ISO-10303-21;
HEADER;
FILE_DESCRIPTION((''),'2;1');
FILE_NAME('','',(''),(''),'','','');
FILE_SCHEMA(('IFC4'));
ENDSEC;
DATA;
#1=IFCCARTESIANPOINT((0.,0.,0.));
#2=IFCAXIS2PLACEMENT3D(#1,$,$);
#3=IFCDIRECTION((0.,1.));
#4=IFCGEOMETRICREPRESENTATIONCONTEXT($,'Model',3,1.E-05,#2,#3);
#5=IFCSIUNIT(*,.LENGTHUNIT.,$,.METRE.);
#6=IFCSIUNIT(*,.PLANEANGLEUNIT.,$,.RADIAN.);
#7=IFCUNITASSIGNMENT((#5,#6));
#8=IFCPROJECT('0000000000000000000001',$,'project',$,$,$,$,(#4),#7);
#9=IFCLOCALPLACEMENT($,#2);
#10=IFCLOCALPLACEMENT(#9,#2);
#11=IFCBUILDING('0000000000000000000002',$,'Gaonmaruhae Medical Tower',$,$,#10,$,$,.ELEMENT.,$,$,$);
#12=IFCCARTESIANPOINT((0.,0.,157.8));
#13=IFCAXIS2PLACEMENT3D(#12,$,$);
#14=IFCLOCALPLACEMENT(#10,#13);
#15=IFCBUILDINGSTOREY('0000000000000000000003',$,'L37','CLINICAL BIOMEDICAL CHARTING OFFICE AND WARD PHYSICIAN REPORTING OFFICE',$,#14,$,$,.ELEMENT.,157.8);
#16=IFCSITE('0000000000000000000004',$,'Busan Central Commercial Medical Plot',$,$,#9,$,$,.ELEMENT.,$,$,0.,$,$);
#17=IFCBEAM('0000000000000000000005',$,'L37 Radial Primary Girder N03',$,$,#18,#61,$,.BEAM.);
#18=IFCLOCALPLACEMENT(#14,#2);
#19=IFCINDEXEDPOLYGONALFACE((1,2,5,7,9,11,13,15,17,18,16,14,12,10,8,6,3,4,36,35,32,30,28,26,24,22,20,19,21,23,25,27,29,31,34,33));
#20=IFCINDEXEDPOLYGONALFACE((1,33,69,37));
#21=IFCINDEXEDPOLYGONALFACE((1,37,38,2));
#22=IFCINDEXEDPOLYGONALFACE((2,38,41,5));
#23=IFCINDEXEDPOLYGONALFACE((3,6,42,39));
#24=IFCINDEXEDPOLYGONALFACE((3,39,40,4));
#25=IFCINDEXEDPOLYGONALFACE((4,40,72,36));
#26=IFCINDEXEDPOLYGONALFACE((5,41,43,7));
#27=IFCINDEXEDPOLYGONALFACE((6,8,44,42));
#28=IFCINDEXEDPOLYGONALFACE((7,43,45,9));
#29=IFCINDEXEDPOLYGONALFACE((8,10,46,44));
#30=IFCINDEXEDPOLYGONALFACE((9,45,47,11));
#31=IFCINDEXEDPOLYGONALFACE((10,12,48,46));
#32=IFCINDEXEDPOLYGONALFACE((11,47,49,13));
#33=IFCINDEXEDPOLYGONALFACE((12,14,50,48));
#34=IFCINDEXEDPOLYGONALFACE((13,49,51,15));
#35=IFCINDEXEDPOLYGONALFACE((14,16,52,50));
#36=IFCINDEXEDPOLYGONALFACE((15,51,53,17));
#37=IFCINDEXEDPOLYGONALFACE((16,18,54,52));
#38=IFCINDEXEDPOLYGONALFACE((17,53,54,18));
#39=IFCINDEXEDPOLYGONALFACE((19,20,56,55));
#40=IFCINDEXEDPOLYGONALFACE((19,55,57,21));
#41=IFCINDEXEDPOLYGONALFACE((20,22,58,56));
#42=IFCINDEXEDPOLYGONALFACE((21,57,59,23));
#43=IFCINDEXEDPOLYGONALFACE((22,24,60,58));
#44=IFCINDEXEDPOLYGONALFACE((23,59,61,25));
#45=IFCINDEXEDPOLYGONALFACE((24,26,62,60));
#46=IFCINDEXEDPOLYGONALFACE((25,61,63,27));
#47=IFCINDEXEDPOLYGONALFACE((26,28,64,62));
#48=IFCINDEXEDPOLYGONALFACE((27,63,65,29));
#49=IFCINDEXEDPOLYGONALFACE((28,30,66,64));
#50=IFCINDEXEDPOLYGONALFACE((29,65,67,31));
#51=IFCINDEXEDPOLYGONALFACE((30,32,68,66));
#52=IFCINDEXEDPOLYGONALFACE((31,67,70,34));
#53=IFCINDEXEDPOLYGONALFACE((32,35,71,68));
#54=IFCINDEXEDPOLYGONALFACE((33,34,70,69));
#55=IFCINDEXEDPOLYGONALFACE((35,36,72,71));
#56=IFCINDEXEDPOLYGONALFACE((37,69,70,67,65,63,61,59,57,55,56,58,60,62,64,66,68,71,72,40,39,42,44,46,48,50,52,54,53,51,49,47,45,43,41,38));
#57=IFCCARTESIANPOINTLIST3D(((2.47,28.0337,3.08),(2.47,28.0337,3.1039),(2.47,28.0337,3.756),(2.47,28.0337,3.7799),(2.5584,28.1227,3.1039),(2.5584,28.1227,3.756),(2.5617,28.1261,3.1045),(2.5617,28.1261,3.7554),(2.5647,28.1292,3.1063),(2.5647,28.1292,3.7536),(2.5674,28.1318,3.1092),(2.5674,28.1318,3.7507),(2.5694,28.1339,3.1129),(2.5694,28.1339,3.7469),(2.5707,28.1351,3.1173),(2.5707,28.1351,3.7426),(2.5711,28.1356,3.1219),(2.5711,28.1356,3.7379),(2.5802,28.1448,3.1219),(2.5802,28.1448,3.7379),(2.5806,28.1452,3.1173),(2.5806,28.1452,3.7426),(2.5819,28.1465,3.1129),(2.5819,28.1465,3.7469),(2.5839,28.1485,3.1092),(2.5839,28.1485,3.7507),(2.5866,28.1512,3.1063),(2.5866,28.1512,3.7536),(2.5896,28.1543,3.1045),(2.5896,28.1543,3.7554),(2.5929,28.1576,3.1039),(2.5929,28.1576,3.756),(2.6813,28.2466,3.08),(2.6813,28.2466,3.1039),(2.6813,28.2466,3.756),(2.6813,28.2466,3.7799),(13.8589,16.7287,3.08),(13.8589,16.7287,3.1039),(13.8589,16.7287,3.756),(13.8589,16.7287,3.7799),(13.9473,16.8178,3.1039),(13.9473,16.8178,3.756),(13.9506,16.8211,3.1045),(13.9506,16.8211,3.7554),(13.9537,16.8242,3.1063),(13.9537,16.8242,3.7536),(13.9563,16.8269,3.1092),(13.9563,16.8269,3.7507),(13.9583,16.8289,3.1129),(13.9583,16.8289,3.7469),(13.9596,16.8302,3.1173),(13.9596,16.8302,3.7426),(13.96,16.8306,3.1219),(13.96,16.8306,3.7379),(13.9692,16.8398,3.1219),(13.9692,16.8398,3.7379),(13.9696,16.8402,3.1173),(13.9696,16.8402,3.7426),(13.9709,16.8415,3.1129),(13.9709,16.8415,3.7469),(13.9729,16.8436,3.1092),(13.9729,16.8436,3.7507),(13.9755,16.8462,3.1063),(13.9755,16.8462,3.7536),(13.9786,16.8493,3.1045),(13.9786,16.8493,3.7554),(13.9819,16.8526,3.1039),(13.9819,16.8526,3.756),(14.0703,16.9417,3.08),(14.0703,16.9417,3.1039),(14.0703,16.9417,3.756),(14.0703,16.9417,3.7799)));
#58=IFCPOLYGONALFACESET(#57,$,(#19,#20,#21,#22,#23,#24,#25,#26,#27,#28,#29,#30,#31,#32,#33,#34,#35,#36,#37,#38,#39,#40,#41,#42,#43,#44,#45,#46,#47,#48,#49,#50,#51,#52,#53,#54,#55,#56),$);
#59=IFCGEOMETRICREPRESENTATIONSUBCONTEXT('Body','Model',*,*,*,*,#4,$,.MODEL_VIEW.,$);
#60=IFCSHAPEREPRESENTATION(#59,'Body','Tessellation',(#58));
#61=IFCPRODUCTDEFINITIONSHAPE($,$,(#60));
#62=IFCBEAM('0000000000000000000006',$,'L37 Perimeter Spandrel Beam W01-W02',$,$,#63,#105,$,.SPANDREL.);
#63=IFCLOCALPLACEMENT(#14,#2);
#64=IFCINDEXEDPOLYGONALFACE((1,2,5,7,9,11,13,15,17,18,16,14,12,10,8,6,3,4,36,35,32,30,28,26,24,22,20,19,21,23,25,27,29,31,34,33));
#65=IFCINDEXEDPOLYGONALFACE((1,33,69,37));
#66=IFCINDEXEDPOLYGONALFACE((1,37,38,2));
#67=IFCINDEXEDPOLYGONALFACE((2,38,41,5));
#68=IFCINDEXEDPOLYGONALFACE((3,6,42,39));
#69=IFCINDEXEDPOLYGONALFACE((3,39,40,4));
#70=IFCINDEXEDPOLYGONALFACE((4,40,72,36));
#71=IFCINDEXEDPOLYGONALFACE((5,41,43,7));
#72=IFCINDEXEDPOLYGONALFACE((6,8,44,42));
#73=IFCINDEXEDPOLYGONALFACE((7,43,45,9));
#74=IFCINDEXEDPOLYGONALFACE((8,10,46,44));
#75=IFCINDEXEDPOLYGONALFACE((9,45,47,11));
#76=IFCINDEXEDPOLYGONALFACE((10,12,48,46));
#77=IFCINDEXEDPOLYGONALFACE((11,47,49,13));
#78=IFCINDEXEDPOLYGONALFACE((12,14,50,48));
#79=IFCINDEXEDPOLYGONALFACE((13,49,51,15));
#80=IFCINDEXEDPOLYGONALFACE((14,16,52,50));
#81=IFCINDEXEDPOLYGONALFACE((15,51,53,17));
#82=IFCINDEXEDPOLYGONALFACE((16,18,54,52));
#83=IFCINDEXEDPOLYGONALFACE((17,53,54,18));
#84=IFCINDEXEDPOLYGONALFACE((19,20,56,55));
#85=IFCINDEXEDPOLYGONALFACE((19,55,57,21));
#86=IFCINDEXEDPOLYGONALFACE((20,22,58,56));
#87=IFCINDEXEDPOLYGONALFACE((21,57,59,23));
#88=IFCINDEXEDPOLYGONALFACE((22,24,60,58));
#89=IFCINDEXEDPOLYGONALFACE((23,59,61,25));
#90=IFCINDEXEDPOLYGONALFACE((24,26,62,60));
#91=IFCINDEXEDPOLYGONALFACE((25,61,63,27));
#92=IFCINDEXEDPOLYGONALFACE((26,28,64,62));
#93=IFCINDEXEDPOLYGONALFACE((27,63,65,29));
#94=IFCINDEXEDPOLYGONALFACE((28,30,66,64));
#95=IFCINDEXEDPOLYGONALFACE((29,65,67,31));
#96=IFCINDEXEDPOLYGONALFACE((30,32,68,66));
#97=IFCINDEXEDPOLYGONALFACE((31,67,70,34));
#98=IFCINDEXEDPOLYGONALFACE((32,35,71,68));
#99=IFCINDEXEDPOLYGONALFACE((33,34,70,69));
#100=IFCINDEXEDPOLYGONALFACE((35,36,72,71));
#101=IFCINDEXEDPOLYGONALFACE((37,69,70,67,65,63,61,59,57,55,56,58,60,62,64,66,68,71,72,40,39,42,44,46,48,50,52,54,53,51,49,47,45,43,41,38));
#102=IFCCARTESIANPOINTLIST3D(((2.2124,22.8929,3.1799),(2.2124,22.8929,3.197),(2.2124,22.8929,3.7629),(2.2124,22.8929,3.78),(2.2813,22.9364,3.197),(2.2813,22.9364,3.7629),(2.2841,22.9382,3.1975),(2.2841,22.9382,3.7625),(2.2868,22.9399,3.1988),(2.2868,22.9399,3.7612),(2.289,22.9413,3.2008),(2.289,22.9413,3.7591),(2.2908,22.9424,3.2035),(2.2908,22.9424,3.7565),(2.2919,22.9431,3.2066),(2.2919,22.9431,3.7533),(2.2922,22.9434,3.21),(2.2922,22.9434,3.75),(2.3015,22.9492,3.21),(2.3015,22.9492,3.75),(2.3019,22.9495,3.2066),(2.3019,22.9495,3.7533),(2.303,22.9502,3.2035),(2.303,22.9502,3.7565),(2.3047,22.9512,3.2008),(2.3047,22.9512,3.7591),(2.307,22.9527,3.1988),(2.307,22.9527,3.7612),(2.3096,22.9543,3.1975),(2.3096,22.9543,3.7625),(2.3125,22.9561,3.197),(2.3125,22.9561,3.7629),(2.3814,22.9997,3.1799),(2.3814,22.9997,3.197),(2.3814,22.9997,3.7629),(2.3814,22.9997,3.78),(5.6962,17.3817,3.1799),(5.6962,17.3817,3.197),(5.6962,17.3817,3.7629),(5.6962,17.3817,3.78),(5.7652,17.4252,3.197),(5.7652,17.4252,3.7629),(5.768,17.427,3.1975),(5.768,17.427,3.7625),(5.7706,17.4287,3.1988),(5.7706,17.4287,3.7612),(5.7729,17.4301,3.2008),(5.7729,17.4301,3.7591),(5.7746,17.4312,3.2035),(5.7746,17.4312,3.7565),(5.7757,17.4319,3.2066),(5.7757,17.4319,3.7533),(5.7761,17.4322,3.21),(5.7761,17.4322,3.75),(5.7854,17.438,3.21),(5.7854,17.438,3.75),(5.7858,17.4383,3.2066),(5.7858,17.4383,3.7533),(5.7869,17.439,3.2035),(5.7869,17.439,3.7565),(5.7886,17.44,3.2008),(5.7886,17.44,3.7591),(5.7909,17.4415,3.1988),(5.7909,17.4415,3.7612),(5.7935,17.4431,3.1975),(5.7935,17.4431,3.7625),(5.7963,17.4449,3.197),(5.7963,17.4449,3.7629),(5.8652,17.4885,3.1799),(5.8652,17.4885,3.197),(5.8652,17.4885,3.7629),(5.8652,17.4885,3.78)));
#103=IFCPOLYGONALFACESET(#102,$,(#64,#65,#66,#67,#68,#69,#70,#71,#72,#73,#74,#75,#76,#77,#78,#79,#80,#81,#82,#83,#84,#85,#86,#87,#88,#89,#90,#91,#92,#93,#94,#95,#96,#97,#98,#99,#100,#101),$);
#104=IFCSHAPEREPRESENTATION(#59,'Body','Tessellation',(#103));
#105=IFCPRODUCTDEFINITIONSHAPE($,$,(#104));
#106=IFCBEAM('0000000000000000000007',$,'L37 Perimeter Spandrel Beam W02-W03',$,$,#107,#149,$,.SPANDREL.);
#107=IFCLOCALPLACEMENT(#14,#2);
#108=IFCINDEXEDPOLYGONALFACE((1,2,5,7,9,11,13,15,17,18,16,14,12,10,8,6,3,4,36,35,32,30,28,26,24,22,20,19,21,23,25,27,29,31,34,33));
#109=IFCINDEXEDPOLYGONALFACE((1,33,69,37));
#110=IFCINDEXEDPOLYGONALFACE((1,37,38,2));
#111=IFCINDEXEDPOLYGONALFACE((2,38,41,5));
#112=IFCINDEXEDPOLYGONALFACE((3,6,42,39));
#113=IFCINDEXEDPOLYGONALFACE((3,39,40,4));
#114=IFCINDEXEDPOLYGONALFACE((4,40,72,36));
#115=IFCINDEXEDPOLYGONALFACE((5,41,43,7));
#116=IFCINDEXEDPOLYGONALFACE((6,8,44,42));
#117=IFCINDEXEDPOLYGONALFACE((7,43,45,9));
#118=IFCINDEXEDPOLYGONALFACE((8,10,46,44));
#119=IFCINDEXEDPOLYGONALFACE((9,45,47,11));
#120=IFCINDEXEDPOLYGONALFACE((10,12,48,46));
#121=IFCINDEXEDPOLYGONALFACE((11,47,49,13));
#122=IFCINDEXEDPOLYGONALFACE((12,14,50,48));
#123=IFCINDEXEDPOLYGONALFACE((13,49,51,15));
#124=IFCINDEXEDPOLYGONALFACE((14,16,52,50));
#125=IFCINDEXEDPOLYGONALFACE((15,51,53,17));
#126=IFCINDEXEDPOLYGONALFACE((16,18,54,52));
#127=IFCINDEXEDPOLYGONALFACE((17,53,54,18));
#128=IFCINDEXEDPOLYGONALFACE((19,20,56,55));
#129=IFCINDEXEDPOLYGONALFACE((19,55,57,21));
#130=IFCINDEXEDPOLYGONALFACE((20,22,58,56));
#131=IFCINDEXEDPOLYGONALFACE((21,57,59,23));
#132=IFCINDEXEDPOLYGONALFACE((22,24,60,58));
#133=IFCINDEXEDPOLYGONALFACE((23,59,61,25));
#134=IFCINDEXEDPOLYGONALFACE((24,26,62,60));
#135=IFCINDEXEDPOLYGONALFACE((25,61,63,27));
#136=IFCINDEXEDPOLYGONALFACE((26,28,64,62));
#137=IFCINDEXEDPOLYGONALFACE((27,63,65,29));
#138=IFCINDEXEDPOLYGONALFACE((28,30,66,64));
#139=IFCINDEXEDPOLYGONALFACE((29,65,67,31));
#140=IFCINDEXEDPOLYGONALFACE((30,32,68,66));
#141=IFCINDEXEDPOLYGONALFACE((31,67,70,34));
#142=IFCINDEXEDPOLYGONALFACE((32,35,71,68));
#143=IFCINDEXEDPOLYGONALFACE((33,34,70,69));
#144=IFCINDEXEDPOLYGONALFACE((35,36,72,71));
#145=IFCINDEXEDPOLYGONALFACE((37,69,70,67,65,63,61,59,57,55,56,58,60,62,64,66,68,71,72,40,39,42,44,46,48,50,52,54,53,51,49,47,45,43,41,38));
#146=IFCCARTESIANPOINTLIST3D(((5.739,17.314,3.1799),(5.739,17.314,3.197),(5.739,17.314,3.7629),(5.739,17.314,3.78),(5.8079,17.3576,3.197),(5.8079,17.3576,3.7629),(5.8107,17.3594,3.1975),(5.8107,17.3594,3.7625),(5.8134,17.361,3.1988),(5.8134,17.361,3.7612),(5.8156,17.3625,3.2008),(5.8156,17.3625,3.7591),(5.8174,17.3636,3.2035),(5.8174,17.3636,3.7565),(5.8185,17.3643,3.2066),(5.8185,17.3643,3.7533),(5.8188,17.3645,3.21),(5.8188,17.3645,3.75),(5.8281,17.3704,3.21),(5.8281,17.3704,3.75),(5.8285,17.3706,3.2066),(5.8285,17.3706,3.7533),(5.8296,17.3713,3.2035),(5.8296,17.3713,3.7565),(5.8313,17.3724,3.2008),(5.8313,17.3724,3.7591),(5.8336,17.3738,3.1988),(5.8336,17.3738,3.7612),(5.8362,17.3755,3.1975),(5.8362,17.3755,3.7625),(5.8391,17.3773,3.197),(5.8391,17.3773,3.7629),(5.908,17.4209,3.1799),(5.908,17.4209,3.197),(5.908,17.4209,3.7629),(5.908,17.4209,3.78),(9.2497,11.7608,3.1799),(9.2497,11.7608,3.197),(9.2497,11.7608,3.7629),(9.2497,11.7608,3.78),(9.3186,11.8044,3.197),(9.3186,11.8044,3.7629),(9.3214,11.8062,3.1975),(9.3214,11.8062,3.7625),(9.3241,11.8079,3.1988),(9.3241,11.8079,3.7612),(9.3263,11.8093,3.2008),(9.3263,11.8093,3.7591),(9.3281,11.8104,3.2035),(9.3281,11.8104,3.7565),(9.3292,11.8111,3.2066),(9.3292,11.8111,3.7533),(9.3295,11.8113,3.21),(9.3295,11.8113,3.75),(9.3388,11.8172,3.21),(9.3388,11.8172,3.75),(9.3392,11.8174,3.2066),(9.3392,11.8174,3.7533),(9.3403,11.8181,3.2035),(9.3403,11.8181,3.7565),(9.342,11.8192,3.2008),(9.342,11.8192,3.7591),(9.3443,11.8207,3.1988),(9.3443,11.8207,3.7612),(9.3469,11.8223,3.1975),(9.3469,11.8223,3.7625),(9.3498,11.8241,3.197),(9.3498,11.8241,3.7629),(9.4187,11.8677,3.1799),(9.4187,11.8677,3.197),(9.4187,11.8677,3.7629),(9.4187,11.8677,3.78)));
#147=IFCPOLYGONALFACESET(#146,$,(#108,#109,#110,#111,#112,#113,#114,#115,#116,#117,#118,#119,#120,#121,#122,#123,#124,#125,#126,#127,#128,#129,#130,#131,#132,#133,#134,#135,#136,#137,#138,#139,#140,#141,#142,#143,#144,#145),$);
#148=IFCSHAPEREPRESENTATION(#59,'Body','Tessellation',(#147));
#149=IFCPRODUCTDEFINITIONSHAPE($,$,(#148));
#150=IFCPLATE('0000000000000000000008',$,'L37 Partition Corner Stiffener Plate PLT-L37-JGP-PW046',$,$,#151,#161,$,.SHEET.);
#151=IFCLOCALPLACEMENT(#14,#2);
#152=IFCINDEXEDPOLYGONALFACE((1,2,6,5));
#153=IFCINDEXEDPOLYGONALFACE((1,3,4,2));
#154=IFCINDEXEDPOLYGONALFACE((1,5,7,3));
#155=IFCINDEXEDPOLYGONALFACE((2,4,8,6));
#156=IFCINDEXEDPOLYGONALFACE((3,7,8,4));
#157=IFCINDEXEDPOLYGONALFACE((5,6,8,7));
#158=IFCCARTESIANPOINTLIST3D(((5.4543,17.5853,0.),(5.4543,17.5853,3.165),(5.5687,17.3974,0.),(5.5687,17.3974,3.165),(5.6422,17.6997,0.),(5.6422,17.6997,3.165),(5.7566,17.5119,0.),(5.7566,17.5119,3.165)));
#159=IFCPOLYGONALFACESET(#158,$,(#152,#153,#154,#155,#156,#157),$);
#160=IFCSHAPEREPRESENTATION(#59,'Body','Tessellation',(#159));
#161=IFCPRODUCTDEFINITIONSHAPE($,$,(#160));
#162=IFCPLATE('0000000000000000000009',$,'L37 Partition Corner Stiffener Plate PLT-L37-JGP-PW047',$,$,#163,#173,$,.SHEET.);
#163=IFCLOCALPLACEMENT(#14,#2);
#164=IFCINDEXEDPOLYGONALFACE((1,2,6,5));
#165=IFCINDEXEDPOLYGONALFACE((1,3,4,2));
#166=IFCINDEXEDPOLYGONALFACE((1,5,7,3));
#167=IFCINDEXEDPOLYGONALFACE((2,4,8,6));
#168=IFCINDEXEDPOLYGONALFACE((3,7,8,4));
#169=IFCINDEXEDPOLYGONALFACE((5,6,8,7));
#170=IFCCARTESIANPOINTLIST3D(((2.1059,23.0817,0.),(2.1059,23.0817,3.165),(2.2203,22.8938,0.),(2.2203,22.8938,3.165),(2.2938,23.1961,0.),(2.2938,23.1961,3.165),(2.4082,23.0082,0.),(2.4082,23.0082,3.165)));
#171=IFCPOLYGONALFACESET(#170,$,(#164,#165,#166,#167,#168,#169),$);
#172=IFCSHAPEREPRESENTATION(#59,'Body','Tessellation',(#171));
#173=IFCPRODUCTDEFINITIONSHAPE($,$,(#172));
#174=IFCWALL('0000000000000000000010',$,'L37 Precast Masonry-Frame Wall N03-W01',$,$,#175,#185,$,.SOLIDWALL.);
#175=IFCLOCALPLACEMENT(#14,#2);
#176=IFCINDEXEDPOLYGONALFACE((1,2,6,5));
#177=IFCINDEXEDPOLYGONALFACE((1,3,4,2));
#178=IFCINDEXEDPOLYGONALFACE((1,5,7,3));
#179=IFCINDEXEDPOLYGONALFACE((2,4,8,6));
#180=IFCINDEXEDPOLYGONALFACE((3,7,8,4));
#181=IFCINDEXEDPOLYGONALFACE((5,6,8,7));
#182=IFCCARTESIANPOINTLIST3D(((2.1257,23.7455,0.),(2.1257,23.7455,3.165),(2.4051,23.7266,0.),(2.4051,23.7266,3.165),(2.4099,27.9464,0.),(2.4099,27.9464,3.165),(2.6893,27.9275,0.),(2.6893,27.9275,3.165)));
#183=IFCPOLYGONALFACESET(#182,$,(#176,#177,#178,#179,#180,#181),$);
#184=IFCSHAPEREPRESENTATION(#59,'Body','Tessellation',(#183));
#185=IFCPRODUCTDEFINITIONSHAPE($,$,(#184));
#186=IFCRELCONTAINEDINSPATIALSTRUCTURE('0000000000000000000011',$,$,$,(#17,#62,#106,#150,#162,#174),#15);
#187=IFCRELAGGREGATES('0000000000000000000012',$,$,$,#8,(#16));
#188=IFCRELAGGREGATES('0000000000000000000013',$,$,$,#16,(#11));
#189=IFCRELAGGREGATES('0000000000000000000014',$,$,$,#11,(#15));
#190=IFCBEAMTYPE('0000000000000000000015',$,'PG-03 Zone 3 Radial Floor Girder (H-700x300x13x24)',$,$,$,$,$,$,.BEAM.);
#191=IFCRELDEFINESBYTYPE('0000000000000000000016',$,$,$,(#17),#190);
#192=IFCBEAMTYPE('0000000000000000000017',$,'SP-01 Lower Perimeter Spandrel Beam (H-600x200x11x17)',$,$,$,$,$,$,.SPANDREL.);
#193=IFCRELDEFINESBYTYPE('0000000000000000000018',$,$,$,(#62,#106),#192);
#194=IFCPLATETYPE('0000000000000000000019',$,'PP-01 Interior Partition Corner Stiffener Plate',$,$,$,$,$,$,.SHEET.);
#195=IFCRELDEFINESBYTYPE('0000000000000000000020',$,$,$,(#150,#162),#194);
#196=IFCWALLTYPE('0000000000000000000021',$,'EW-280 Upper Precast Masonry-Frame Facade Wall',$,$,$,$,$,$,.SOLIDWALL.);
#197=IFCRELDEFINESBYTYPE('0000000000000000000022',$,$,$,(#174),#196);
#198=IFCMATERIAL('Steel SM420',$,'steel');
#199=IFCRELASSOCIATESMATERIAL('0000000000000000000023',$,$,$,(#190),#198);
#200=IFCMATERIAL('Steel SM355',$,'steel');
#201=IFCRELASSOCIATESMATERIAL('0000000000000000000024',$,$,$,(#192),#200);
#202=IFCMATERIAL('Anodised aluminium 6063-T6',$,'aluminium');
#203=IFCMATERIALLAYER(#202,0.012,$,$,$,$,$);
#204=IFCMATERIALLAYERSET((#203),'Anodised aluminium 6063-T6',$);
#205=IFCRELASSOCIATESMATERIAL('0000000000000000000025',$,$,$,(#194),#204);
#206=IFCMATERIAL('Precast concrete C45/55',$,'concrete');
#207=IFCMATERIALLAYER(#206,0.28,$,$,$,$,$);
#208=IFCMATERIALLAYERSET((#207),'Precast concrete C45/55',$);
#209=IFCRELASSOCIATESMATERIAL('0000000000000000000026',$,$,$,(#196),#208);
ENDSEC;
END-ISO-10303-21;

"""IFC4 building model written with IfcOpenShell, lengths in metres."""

from ifc_helpers import new_model, si_unit, direction, frame, frame_2d, origin, origin_2d, place, context, subcontext, project, spatial, rectangle, i_section, extrude, material, layer, layer_set, material_profile, profile_set, type_object, element, save


model = new_model("IFC4")

# Units and contexts
model_context = context("Model", 3, precision=1e-05, world=origin(), true_north=direction((0.0, 1.0)))
body_context = subcontext(model_context, "Body", "Model", "MODEL_VIEW")
ifc_project = project(units=[si_unit("LENGTHUNIT", "METRE"), si_unit("PLANEANGLEUNIT", "RADIAN")], contexts=[model_context])

# Site, building, storey
site_placement = place(None, origin())
site = spatial("IfcSite", under=ifc_project, at=site_placement, Name="Busan Central Commercial Medical Plot", CompositionType="ELEMENT", RefElevation=0.0)
building_placement = place(site_placement, origin())
building = spatial("IfcBuilding", under=site, at=building_placement, Name="Gaonmaruhae Medical Tower", CompositionType="ELEMENT")
storey_placement = place(building_placement, frame((0.0, 0.0, 157.8)))
storey = spatial("IfcBuildingStorey", under=building, at=storey_placement, Name="L37", Description="CLINICAL BIOMEDICAL CHARTING OFFICE AND WARD PHYSICIAN REPORTING OFFICE", CompositionType="ELEMENT", Elevation=157.8)

# Beams
ifc_material_1 = material(Name="Steel SM355", Category="steel")
ifc_material_2 = material(Name="Steel SM420", Category="steel")
ifc_material_profile_1 = material_profile(ifc_material_2, i_section(OverallWidth=0.3, OverallDepth=0.7, WebThickness=0.0129, FlangeThickness=0.0239, FilletRadius=0.0181, at=origin_2d()), Name="H-700x300x13x24")
ifc_profile_set_1 = profile_set([ifc_material_profile_1], Name="Steel SM420")
beam_type_1 = type_object("IfcBeamType", Name="PG-03 Zone 3 Radial Floor Girder (H-700x300x13x24)", PredefinedType="BEAM", material=ifc_profile_set_1)
beam_1_placement = place(storey_placement, frame((13.9646, 16.8352, 3.4299), z_axis=(-0.709719, 0.704485, 0.0), x_axis=(-0.704485, -0.709719, 0.0)))
element("IfcBeam", 1, at=beam_1_placement, inside=storey, type_object=beam_type_1, Name="L37 Radial Primary Girder N03", PredefinedType="BEAM", context=body_context, shape_type="SweptSolid", body=[
    extrude(i_section(OverallWidth=0.3, OverallDepth=0.7, WebThickness=0.0129, FlangeThickness=0.0239, FilletRadius=0.0181, at=origin_2d()), origin(), (0.0, 0.0, 1.0), 16.0471),
])
ifc_material_profile_2 = material_profile(ifc_material_1, i_section(OverallWidth=0.2, OverallDepth=0.6001, WebThickness=0.011, FlangeThickness=0.0171, FilletRadius=0.0129, at=origin_2d()), Name="H-600x200x11x17")
ifc_profile_set_2 = profile_set([ifc_material_profile_2], Name="Steel SM355")
beam_type_2 = type_object("IfcBeamType", Name="SP-01 Lower Perimeter Spandrel Beam (H-600x200x11x17)", PredefinedType="SPANDREL", material=ifc_profile_set_2)
beam_2_placement = place(storey_placement, frame((2.2969, 22.9463, 3.48), z_axis=(0.534334, -0.845274, 0.0), x_axis=(0.845274, 0.534334, 0.0)))
element("IfcBeam", 2, at=beam_2_placement, inside=storey, type_object=beam_type_2, Name="L37 Perimeter Spandrel Beam W01-W02", PredefinedType="SPANDREL", context=body_context, shape_type="SweptSolid", body=[
    extrude(i_section(OverallWidth=0.2, OverallDepth=0.6001, WebThickness=0.011, FlangeThickness=0.0171, FilletRadius=0.0129, at=origin_2d()), origin(), (0.0, 0.0, 1.0), 6.52),
])
beam_3_placement = place(storey_placement, frame((5.8235, 17.3674, 3.48), z_axis=(0.534368, -0.845252, 0.0), x_axis=(0.845252, 0.534368, 0.0)))
element("IfcBeam", 3, at=beam_3_placement, inside=storey, type_object=beam_type_2, Name="L37 Perimeter Spandrel Beam W02-W03", PredefinedType="SPANDREL", context=body_context, shape_type="SweptSolid", body=[
    extrude(i_section(OverallWidth=0.2, OverallDepth=0.6001, WebThickness=0.011, FlangeThickness=0.0171, FilletRadius=0.0129, at=origin_2d()), origin(), (0.0, 0.0, 1.0), 6.5698),
])

# Plates
ifc_material_3 = material(Name="Anodised aluminium 6063-T6", Category="aluminium")
ifc_layer_1 = layer(ifc_material_3, 0.012)
ifc_layer_set_1 = layer_set([ifc_layer_1], Name="Anodised aluminium 6063-T6")
plate_type = type_object("IfcPlateType", Name="PP-01 Interior Partition Corner Stiffener Plate", PredefinedType="SHEET", material=ifc_layer_set_1)
for number, where, z_axis, x_axis, name in (
    (4, (5.6055, 17.5486, 0.0), (0.0, 0.0, 1.0), (-0.520175, 0.85406, 0.0), "L37 Partition Corner Stiffener Plate PLT-L37-JGP-PW046"),
    (5, (2.2571, 23.0449, 0.0), (0.0, 0.0, 1.0), (-0.520041, 0.854141, 0.0), "L37 Partition Corner Stiffener Plate PLT-L37-JGP-PW047"),
):
    element("IfcPlate", number, at=place(storey_placement, frame(where, z_axis=z_axis, x_axis=x_axis)), inside=storey, type_object=plate_type, Name=name, PredefinedType="SHEET", context=body_context, shape_type="SweptSolid", body=[
        extrude(rectangle(XDim=0.22, YDim=0.22, at=origin_2d()), origin(), (0.0, 0.0, 1.0), 3.165),
    ])

# Wall
ifc_material_4 = material(Name="Precast concrete C45/55", Category="concrete")
ifc_layer_2 = layer(ifc_material_4, 0.28)
ifc_layer_set_2 = layer_set([ifc_layer_2], Name="Precast concrete C45/55")
wall_type_1 = type_object("IfcWallType", Name="EW-280 Upper Precast Masonry-Frame Facade Wall", PredefinedType="SOLIDWALL", material=ifc_layer_set_2)
wall_1_placement = place(storey_placement, frame((2.2654, 23.7361, 0.0), z_axis=(0.0, 0.0, 1.0), x_axis=(0.067493, 0.99772, 0.0)))
element("IfcWall", 6, at=wall_1_placement, inside=storey, type_object=wall_type_1, Name="L37 Precast Masonry-Frame Wall N03-W01", PredefinedType="SOLIDWALL", context=body_context, shape_type="SweptSolid", body=[
    extrude(rectangle(XDim=4.2104, YDim=0.28, at=frame_2d((2.1052, 0.0))), origin(), (0.0, 0.0, 1.0), 3.165),
])

save(model, "model.ifc")
